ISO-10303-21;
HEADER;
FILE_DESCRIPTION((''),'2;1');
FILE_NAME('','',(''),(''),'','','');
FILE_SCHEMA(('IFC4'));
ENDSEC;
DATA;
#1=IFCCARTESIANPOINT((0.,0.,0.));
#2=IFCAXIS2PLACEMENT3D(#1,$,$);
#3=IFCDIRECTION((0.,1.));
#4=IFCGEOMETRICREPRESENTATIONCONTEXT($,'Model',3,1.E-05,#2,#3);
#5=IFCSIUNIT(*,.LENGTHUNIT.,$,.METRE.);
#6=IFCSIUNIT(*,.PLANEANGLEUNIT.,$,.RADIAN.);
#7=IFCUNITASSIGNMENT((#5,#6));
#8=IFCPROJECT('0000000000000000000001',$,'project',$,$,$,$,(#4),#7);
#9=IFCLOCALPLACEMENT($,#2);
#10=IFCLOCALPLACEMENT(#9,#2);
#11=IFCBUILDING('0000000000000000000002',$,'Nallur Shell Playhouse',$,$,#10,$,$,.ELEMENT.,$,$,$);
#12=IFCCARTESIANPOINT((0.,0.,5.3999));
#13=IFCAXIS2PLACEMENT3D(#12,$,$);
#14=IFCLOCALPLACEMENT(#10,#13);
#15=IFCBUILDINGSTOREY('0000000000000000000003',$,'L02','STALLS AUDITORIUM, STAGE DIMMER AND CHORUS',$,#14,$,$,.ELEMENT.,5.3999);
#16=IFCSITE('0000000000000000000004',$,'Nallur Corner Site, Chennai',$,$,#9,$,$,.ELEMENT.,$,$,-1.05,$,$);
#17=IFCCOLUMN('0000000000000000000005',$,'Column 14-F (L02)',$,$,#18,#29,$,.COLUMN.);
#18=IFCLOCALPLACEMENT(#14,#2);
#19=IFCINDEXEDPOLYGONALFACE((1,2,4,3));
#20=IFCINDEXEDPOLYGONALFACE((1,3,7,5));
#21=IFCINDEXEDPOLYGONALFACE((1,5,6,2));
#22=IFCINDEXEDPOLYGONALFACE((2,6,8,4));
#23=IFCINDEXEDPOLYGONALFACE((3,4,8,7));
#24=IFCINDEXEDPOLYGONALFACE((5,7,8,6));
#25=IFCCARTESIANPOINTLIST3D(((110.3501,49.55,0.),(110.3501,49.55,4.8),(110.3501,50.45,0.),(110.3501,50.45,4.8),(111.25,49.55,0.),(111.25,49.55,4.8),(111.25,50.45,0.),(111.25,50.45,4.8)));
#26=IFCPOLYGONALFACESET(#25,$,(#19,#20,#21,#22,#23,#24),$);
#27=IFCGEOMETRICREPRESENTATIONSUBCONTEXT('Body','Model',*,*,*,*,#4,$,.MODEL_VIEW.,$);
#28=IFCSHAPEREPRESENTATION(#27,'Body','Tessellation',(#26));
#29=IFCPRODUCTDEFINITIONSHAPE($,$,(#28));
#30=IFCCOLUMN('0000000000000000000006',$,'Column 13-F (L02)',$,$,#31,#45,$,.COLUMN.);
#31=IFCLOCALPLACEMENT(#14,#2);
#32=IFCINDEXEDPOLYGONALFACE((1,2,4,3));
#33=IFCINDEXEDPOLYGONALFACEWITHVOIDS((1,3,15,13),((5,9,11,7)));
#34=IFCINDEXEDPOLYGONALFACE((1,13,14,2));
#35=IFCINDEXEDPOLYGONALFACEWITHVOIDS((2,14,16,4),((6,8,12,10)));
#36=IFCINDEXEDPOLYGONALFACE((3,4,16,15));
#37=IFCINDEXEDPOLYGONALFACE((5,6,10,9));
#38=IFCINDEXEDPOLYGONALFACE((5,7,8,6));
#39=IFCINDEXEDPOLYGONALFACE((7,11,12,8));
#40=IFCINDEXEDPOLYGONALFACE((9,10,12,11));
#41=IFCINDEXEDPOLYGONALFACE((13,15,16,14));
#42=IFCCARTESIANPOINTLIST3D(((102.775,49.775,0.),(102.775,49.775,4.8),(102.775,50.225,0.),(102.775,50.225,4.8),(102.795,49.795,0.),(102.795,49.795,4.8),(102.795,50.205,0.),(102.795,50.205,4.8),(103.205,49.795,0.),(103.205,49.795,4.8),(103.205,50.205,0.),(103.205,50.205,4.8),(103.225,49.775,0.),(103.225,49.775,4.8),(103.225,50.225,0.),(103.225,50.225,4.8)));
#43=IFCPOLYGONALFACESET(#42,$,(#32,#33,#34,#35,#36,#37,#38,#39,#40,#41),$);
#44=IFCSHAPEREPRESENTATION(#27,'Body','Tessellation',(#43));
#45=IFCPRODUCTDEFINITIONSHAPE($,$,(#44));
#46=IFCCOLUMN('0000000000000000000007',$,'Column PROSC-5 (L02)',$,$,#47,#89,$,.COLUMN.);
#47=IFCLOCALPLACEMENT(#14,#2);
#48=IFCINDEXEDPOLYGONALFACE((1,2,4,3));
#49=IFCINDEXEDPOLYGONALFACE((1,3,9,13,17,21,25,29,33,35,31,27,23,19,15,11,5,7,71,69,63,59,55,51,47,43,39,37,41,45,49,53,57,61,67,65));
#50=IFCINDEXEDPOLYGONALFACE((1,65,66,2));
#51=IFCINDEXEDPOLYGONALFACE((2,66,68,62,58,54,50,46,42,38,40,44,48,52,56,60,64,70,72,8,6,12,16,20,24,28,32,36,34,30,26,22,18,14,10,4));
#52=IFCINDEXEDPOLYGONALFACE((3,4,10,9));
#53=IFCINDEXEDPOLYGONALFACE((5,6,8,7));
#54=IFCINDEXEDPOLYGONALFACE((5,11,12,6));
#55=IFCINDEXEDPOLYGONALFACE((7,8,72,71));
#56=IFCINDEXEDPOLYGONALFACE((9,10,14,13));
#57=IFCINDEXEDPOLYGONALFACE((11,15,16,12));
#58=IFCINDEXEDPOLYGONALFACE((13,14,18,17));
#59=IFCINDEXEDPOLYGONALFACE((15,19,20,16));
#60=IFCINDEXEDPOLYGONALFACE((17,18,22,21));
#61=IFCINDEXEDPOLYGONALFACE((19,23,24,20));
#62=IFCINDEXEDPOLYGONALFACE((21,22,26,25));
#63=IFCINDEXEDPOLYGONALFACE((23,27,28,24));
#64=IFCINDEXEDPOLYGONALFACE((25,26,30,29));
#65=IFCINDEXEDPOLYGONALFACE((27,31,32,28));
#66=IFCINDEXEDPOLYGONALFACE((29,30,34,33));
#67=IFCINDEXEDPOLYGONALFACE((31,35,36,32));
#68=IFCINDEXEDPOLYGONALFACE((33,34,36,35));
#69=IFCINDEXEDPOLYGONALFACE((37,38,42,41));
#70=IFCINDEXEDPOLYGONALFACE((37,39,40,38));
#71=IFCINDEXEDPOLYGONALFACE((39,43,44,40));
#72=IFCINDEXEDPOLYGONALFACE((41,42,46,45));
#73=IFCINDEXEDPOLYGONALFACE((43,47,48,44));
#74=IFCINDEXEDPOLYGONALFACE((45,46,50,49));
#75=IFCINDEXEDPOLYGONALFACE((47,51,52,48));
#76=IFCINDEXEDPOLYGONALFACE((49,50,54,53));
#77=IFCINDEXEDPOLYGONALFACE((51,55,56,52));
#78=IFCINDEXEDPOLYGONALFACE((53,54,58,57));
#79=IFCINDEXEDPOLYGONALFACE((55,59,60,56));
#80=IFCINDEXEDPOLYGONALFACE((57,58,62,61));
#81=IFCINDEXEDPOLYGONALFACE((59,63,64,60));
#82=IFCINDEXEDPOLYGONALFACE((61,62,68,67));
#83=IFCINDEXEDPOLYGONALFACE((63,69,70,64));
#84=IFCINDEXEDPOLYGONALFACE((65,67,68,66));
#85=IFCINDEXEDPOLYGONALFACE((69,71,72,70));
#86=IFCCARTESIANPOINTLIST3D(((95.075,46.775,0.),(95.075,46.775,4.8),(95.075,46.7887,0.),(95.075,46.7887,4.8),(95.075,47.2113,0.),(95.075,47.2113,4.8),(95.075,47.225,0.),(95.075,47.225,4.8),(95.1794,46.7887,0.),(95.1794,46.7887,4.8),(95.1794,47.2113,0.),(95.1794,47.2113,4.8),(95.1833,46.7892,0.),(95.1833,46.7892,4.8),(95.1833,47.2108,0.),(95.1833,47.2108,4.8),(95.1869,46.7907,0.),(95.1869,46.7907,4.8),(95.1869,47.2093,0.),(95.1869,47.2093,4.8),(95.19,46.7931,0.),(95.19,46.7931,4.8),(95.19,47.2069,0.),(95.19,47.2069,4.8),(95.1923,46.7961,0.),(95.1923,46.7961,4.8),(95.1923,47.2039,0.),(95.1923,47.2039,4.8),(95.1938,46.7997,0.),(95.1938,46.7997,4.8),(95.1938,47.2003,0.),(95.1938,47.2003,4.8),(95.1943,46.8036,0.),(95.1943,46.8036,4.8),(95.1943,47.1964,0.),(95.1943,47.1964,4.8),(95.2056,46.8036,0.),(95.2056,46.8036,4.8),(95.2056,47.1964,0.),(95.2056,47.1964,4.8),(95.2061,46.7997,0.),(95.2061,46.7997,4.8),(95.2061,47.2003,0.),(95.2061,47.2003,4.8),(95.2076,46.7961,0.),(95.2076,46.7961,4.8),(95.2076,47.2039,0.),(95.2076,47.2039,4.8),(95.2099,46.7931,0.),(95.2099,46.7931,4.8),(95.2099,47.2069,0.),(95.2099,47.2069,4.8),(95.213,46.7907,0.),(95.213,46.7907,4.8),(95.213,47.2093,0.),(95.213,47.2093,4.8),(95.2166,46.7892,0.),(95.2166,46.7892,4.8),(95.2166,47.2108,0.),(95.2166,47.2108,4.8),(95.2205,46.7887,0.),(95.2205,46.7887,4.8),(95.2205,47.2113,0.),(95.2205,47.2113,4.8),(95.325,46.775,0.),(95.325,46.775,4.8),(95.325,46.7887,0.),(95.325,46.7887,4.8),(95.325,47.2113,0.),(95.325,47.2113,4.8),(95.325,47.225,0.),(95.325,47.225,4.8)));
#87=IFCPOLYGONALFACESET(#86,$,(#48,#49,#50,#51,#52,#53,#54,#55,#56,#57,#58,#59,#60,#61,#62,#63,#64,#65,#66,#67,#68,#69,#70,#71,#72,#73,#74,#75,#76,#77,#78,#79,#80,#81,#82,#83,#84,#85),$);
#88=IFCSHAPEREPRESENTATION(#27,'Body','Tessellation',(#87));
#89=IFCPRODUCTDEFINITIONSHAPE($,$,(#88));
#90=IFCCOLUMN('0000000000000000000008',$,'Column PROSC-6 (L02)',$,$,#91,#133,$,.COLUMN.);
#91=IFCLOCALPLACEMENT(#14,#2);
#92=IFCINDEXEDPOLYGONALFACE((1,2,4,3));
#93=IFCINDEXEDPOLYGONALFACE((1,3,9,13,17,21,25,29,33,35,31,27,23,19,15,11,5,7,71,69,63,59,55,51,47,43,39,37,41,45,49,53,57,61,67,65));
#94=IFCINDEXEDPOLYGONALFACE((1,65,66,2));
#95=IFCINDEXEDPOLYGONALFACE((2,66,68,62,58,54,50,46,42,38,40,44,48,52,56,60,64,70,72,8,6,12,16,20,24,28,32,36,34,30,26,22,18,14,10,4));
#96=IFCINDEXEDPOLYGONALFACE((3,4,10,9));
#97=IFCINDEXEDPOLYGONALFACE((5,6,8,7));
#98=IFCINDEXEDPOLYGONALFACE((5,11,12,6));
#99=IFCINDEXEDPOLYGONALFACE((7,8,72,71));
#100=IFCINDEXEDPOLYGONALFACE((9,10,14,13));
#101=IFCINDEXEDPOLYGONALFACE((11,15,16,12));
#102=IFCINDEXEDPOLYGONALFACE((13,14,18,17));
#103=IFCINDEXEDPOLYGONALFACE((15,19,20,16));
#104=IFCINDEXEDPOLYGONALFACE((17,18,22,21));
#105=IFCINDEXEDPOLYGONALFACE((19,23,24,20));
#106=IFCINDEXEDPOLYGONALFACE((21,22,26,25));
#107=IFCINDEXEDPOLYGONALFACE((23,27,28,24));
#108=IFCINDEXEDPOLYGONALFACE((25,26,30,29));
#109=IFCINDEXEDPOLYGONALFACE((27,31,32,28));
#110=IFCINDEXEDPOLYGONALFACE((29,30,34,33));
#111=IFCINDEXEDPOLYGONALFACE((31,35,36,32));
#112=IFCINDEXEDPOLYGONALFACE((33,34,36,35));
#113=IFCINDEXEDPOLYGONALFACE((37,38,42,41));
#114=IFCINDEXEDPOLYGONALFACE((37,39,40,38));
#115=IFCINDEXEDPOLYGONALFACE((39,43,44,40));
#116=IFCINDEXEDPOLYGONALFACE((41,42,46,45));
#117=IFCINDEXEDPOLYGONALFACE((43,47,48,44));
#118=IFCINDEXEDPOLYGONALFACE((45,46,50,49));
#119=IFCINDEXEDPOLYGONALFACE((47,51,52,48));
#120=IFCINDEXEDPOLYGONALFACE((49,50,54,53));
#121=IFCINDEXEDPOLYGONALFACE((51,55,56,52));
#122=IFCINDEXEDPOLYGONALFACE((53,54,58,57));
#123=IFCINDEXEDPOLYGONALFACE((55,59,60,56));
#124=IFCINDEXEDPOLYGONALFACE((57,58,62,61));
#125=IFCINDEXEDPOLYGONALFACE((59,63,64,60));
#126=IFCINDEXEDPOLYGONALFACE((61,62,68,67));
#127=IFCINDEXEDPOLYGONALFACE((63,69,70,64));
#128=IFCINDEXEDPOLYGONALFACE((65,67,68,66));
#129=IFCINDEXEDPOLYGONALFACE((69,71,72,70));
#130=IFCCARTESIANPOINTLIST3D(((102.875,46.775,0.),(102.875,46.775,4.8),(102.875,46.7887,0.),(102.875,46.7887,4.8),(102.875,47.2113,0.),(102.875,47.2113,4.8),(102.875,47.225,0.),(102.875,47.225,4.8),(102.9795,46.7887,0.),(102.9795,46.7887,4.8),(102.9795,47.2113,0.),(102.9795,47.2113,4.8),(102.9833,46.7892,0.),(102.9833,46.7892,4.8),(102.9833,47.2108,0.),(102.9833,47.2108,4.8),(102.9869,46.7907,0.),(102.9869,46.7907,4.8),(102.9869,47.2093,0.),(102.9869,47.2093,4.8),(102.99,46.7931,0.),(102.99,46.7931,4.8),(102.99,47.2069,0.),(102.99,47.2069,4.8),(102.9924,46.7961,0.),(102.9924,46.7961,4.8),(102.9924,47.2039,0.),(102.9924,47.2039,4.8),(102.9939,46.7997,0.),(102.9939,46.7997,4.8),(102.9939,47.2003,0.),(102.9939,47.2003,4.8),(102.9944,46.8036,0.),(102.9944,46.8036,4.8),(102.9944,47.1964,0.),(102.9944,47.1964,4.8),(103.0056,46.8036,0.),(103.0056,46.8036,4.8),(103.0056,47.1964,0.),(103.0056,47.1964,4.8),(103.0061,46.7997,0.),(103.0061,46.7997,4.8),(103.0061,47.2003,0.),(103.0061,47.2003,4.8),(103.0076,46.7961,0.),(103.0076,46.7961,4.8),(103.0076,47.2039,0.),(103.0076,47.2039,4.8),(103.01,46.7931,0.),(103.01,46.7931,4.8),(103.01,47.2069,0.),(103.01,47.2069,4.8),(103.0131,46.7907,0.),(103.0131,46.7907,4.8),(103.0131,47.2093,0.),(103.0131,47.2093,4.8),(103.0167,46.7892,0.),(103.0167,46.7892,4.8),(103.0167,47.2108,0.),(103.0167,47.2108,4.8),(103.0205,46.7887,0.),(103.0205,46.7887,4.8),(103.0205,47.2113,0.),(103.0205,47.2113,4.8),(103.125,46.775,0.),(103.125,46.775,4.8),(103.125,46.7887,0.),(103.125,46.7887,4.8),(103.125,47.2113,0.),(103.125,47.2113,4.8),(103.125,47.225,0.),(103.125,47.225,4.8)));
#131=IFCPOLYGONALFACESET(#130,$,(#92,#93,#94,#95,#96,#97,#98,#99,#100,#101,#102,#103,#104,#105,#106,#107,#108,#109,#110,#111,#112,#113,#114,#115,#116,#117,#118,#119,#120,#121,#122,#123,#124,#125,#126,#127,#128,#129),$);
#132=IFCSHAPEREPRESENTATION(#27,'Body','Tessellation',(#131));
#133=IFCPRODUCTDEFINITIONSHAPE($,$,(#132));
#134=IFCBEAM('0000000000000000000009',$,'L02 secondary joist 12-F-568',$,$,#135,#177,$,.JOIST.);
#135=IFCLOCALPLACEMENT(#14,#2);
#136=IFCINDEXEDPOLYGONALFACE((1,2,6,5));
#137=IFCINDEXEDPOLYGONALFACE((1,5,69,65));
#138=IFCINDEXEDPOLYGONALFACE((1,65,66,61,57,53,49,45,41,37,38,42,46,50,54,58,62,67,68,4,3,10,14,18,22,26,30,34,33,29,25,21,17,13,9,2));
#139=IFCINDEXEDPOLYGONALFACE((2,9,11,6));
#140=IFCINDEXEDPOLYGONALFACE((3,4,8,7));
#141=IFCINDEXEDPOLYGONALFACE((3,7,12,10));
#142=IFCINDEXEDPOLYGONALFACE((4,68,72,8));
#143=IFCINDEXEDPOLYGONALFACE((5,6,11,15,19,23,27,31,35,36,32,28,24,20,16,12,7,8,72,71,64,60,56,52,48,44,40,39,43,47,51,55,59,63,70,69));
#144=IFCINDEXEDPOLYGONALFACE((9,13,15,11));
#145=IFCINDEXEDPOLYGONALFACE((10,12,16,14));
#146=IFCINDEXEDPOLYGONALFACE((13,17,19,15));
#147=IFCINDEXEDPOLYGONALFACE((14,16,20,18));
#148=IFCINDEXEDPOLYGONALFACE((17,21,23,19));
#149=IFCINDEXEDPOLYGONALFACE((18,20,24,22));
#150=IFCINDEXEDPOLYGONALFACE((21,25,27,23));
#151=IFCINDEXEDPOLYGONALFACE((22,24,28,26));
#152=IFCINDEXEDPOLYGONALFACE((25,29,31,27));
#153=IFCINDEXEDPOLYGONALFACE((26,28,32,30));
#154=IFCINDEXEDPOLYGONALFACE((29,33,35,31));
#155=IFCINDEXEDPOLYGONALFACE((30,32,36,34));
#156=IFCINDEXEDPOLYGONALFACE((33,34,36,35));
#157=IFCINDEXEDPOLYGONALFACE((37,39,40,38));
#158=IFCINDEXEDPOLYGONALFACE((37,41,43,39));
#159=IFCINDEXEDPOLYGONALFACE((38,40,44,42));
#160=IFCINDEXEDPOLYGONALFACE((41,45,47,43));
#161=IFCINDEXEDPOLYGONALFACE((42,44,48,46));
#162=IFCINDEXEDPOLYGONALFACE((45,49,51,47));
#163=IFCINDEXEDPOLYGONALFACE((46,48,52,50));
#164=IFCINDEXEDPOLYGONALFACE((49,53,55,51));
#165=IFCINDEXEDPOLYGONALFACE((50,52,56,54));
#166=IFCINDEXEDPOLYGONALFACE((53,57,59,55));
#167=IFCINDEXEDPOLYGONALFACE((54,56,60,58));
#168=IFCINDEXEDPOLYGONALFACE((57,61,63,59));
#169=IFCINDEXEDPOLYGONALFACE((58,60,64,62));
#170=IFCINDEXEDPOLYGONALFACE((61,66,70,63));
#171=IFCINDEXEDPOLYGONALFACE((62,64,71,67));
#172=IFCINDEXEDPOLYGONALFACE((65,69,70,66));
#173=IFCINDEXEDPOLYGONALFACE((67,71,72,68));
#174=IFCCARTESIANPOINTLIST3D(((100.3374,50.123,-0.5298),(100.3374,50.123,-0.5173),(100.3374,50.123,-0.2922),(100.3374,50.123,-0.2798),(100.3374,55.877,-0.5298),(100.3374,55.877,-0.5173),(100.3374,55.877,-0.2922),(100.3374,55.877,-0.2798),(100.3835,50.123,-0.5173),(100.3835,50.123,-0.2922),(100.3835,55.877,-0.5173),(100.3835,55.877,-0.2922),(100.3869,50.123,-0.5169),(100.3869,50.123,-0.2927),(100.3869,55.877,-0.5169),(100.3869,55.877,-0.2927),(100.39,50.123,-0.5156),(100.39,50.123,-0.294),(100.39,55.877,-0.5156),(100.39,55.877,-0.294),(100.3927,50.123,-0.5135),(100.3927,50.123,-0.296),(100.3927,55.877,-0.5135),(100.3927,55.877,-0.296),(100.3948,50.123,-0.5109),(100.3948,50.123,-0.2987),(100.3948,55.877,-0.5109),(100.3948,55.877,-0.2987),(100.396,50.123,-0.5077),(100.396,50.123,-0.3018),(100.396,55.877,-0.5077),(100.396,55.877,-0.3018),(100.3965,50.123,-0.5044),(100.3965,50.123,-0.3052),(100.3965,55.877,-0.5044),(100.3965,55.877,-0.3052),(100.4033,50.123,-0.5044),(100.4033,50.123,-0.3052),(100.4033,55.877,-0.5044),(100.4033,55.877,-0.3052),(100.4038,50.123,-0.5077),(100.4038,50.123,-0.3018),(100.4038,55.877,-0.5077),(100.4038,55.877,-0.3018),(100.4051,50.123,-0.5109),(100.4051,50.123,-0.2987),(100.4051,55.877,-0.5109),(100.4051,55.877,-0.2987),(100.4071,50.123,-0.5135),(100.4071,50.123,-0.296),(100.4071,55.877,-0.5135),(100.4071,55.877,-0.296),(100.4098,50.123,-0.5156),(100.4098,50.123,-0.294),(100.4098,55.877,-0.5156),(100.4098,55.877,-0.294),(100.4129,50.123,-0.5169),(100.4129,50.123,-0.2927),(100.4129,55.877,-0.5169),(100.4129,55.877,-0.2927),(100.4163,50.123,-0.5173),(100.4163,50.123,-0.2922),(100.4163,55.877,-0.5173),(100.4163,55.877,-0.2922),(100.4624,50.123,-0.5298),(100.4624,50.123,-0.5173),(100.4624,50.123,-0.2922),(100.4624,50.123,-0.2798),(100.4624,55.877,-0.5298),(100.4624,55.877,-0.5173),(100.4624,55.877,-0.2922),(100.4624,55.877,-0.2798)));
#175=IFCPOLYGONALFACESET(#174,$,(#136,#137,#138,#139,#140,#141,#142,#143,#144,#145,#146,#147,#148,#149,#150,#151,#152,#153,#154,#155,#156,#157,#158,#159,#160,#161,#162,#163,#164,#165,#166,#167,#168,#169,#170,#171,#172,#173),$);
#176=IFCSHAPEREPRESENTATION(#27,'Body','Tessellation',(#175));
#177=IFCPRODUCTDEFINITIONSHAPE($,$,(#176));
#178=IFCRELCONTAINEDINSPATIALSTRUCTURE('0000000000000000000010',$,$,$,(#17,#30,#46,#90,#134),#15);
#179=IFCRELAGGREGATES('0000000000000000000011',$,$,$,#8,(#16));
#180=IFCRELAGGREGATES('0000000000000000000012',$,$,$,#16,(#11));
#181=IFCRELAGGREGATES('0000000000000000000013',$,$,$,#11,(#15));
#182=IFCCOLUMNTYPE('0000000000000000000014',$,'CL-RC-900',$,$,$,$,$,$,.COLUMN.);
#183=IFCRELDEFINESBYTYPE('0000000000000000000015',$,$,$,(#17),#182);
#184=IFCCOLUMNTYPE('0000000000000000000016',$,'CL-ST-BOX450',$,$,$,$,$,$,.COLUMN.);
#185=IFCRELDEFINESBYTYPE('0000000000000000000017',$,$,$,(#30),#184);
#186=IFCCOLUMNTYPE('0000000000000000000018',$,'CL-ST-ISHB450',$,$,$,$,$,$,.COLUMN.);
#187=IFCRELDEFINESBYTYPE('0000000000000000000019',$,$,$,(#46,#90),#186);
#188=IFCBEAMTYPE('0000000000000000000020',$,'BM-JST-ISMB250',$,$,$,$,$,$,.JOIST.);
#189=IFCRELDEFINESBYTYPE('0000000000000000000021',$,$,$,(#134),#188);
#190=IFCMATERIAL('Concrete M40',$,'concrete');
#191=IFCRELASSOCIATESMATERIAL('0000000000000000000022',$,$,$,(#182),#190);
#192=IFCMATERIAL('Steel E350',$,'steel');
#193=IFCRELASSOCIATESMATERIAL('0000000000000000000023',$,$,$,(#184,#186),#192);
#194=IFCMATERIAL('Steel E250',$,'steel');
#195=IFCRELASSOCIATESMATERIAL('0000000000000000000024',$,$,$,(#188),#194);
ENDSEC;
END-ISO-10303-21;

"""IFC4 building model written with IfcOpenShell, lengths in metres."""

from ifc_helpers import new_model, si_unit, direction, frame, origin, origin_2d, place, context, subcontext, project, spatial, rectangle, hollow_rectangle, i_section, extrude, material, material_profile, profile_set, type_object, element, save


model = new_model("IFC4")

# Units and contexts
model_context = context("Model", 3, precision=1e-05, world=origin(), true_north=direction((0.0, 1.0)))
body_context = subcontext(model_context, "Body", "Model", "MODEL_VIEW")
ifc_project = project(units=[si_unit("LENGTHUNIT", "METRE"), si_unit("PLANEANGLEUNIT", "RADIAN")], contexts=[model_context])

# Site, building, storey
site_placement = place(None, origin())
site = spatial("IfcSite", under=ifc_project, at=site_placement, Name="Nallur Corner Site, Chennai", CompositionType="ELEMENT", RefElevation=-1.05)
building_placement = place(site_placement, origin())
building = spatial("IfcBuilding", under=site, at=building_placement, Name="Nallur Shell Playhouse", CompositionType="ELEMENT")
storey_placement = place(building_placement, frame((0.0, 0.0, 5.3999)))
storey = spatial("IfcBuildingStorey", under=building, at=storey_placement, Name="L02", Description="STALLS AUDITORIUM, STAGE DIMMER AND CHORUS", CompositionType="ELEMENT", Elevation=5.3999)

# Columns
ifc_material_1 = material(Name="Concrete M40", Category="concrete")
ifc_material_profile_1 = material_profile(ifc_material_1, rectangle(XDim=0.8999, YDim=0.8999, at=origin_2d()), Name="RC 900x900")
ifc_profile_set_1 = profile_set([ifc_material_profile_1], Name="Concrete M40")
column_type_1 = type_object("IfcColumnType", Name="CL-RC-900", PredefinedType="COLUMN", material=ifc_profile_set_1)
column_1_placement = place(storey_placement, frame((110.8, 50.0, 0.0), z_axis=(0.0, 0.0, 1.0), x_axis=(1.0, 0.0, 0.0)))
element("IfcColumn", 1, at=column_1_placement, inside=storey, type_object=column_type_1, Name="Column 14-F (L02)", PredefinedType="COLUMN", context=body_context, shape_type="SweptSolid", body=[
    extrude(rectangle(XDim=0.8999, YDim=0.8999, at=origin_2d()), origin(), (0.0, 0.0, 1.0), 4.8),
])
ifc_material_2 = material(Name="Steel E350", Category="steel")
ifc_material_profile_2 = material_profile(ifc_material_2, hollow_rectangle(XDim=0.45, YDim=0.45, WallThickness=0.02, at=origin_2d()), Name="BOX 450x450x20")
ifc_profile_set_2 = profile_set([ifc_material_profile_2], Name="Steel E350")
column_type_2 = type_object("IfcColumnType", Name="CL-ST-BOX450", PredefinedType="COLUMN", material=ifc_profile_set_2)
column_2_placement = place(storey_placement, frame((103.0, 50.0, 0.0), z_axis=(0.0, 0.0, 1.0), x_axis=(1.0, 0.0, 0.0)))
element("IfcColumn", 2, at=column_2_placement, inside=storey, type_object=column_type_2, Name="Column 13-F (L02)", PredefinedType="COLUMN", context=body_context, shape_type="SweptSolid", body=[
    extrude(hollow_rectangle(XDim=0.45, YDim=0.45, WallThickness=0.02, at=origin_2d()), origin(), (0.0, 0.0, 1.0), 4.8),
])
ifc_material_profile_3 = material_profile(ifc_material_2, i_section(OverallWidth=0.25, OverallDepth=0.45, WebThickness=0.0112, FlangeThickness=0.0137, FilletRadius=0.0149, at=origin_2d()), Name="ISHB 450")
ifc_profile_set_3 = profile_set([ifc_material_profile_3], Name="Steel E350")
column_type_3 = type_object("IfcColumnType", Name="CL-ST-ISHB450", PredefinedType="COLUMN", material=ifc_profile_set_3)
for number, where, z_axis, x_axis, name in (
    (3, (95.2, 47.0, 0.0), (0.0, 0.0, 1.0), (1.0, 0.0, 0.0), "Column PROSC-5 (L02)"),
    (4, (103.0, 47.0, 0.0), (0.0, 0.0, 1.0), (1.0, 0.0, 0.0), "Column PROSC-6 (L02)"),
):
    element("IfcColumn", number, at=place(storey_placement, frame(where, z_axis=z_axis, x_axis=x_axis)), inside=storey, type_object=column_type_3, Name=name, PredefinedType="COLUMN", context=body_context, shape_type="SweptSolid", body=[
        extrude(i_section(OverallWidth=0.25, OverallDepth=0.45, WebThickness=0.0112, FlangeThickness=0.0137, FilletRadius=0.0149, at=origin_2d()), origin(), (0.0, 0.0, 1.0), 4.8),
    ])

# Beam
ifc_material_3 = material(Name="Steel E250", Category="steel")
ifc_material_profile_4 = material_profile(ifc_material_3, i_section(OverallWidth=0.125, OverallDepth=0.25, WebThickness=0.0068, FlangeThickness=0.0125, FilletRadius=0.0129, at=origin_2d()), Name="ISMB 250")
ifc_profile_set_4 = profile_set([ifc_material_profile_4], Name="Steel E250")
beam_type_1 = type_object("IfcBeamType", Name="BM-JST-ISMB250", PredefinedType="JOIST", material=ifc_profile_set_4)
beam_1_placement = place(storey_placement, frame((100.3999, 50.123, -0.4048), z_axis=(0.0, 1.0, 0.0), x_axis=(-1.0, 0.0, 0.0)))
element("IfcBeam", 5, at=beam_1_placement, inside=storey, type_object=beam_type_1, Name="L02 secondary joist 12-F-568", PredefinedType="JOIST", context=body_context, shape_type="SweptSolid", body=[
    extrude(i_section(OverallWidth=0.125, OverallDepth=0.25, WebThickness=0.0068, FlangeThickness=0.0125, FilletRadius=0.0129, at=origin_2d()), origin(), (0.0, 0.0, 1.0), 5.7539),
])

save(model, "model.ifc")
